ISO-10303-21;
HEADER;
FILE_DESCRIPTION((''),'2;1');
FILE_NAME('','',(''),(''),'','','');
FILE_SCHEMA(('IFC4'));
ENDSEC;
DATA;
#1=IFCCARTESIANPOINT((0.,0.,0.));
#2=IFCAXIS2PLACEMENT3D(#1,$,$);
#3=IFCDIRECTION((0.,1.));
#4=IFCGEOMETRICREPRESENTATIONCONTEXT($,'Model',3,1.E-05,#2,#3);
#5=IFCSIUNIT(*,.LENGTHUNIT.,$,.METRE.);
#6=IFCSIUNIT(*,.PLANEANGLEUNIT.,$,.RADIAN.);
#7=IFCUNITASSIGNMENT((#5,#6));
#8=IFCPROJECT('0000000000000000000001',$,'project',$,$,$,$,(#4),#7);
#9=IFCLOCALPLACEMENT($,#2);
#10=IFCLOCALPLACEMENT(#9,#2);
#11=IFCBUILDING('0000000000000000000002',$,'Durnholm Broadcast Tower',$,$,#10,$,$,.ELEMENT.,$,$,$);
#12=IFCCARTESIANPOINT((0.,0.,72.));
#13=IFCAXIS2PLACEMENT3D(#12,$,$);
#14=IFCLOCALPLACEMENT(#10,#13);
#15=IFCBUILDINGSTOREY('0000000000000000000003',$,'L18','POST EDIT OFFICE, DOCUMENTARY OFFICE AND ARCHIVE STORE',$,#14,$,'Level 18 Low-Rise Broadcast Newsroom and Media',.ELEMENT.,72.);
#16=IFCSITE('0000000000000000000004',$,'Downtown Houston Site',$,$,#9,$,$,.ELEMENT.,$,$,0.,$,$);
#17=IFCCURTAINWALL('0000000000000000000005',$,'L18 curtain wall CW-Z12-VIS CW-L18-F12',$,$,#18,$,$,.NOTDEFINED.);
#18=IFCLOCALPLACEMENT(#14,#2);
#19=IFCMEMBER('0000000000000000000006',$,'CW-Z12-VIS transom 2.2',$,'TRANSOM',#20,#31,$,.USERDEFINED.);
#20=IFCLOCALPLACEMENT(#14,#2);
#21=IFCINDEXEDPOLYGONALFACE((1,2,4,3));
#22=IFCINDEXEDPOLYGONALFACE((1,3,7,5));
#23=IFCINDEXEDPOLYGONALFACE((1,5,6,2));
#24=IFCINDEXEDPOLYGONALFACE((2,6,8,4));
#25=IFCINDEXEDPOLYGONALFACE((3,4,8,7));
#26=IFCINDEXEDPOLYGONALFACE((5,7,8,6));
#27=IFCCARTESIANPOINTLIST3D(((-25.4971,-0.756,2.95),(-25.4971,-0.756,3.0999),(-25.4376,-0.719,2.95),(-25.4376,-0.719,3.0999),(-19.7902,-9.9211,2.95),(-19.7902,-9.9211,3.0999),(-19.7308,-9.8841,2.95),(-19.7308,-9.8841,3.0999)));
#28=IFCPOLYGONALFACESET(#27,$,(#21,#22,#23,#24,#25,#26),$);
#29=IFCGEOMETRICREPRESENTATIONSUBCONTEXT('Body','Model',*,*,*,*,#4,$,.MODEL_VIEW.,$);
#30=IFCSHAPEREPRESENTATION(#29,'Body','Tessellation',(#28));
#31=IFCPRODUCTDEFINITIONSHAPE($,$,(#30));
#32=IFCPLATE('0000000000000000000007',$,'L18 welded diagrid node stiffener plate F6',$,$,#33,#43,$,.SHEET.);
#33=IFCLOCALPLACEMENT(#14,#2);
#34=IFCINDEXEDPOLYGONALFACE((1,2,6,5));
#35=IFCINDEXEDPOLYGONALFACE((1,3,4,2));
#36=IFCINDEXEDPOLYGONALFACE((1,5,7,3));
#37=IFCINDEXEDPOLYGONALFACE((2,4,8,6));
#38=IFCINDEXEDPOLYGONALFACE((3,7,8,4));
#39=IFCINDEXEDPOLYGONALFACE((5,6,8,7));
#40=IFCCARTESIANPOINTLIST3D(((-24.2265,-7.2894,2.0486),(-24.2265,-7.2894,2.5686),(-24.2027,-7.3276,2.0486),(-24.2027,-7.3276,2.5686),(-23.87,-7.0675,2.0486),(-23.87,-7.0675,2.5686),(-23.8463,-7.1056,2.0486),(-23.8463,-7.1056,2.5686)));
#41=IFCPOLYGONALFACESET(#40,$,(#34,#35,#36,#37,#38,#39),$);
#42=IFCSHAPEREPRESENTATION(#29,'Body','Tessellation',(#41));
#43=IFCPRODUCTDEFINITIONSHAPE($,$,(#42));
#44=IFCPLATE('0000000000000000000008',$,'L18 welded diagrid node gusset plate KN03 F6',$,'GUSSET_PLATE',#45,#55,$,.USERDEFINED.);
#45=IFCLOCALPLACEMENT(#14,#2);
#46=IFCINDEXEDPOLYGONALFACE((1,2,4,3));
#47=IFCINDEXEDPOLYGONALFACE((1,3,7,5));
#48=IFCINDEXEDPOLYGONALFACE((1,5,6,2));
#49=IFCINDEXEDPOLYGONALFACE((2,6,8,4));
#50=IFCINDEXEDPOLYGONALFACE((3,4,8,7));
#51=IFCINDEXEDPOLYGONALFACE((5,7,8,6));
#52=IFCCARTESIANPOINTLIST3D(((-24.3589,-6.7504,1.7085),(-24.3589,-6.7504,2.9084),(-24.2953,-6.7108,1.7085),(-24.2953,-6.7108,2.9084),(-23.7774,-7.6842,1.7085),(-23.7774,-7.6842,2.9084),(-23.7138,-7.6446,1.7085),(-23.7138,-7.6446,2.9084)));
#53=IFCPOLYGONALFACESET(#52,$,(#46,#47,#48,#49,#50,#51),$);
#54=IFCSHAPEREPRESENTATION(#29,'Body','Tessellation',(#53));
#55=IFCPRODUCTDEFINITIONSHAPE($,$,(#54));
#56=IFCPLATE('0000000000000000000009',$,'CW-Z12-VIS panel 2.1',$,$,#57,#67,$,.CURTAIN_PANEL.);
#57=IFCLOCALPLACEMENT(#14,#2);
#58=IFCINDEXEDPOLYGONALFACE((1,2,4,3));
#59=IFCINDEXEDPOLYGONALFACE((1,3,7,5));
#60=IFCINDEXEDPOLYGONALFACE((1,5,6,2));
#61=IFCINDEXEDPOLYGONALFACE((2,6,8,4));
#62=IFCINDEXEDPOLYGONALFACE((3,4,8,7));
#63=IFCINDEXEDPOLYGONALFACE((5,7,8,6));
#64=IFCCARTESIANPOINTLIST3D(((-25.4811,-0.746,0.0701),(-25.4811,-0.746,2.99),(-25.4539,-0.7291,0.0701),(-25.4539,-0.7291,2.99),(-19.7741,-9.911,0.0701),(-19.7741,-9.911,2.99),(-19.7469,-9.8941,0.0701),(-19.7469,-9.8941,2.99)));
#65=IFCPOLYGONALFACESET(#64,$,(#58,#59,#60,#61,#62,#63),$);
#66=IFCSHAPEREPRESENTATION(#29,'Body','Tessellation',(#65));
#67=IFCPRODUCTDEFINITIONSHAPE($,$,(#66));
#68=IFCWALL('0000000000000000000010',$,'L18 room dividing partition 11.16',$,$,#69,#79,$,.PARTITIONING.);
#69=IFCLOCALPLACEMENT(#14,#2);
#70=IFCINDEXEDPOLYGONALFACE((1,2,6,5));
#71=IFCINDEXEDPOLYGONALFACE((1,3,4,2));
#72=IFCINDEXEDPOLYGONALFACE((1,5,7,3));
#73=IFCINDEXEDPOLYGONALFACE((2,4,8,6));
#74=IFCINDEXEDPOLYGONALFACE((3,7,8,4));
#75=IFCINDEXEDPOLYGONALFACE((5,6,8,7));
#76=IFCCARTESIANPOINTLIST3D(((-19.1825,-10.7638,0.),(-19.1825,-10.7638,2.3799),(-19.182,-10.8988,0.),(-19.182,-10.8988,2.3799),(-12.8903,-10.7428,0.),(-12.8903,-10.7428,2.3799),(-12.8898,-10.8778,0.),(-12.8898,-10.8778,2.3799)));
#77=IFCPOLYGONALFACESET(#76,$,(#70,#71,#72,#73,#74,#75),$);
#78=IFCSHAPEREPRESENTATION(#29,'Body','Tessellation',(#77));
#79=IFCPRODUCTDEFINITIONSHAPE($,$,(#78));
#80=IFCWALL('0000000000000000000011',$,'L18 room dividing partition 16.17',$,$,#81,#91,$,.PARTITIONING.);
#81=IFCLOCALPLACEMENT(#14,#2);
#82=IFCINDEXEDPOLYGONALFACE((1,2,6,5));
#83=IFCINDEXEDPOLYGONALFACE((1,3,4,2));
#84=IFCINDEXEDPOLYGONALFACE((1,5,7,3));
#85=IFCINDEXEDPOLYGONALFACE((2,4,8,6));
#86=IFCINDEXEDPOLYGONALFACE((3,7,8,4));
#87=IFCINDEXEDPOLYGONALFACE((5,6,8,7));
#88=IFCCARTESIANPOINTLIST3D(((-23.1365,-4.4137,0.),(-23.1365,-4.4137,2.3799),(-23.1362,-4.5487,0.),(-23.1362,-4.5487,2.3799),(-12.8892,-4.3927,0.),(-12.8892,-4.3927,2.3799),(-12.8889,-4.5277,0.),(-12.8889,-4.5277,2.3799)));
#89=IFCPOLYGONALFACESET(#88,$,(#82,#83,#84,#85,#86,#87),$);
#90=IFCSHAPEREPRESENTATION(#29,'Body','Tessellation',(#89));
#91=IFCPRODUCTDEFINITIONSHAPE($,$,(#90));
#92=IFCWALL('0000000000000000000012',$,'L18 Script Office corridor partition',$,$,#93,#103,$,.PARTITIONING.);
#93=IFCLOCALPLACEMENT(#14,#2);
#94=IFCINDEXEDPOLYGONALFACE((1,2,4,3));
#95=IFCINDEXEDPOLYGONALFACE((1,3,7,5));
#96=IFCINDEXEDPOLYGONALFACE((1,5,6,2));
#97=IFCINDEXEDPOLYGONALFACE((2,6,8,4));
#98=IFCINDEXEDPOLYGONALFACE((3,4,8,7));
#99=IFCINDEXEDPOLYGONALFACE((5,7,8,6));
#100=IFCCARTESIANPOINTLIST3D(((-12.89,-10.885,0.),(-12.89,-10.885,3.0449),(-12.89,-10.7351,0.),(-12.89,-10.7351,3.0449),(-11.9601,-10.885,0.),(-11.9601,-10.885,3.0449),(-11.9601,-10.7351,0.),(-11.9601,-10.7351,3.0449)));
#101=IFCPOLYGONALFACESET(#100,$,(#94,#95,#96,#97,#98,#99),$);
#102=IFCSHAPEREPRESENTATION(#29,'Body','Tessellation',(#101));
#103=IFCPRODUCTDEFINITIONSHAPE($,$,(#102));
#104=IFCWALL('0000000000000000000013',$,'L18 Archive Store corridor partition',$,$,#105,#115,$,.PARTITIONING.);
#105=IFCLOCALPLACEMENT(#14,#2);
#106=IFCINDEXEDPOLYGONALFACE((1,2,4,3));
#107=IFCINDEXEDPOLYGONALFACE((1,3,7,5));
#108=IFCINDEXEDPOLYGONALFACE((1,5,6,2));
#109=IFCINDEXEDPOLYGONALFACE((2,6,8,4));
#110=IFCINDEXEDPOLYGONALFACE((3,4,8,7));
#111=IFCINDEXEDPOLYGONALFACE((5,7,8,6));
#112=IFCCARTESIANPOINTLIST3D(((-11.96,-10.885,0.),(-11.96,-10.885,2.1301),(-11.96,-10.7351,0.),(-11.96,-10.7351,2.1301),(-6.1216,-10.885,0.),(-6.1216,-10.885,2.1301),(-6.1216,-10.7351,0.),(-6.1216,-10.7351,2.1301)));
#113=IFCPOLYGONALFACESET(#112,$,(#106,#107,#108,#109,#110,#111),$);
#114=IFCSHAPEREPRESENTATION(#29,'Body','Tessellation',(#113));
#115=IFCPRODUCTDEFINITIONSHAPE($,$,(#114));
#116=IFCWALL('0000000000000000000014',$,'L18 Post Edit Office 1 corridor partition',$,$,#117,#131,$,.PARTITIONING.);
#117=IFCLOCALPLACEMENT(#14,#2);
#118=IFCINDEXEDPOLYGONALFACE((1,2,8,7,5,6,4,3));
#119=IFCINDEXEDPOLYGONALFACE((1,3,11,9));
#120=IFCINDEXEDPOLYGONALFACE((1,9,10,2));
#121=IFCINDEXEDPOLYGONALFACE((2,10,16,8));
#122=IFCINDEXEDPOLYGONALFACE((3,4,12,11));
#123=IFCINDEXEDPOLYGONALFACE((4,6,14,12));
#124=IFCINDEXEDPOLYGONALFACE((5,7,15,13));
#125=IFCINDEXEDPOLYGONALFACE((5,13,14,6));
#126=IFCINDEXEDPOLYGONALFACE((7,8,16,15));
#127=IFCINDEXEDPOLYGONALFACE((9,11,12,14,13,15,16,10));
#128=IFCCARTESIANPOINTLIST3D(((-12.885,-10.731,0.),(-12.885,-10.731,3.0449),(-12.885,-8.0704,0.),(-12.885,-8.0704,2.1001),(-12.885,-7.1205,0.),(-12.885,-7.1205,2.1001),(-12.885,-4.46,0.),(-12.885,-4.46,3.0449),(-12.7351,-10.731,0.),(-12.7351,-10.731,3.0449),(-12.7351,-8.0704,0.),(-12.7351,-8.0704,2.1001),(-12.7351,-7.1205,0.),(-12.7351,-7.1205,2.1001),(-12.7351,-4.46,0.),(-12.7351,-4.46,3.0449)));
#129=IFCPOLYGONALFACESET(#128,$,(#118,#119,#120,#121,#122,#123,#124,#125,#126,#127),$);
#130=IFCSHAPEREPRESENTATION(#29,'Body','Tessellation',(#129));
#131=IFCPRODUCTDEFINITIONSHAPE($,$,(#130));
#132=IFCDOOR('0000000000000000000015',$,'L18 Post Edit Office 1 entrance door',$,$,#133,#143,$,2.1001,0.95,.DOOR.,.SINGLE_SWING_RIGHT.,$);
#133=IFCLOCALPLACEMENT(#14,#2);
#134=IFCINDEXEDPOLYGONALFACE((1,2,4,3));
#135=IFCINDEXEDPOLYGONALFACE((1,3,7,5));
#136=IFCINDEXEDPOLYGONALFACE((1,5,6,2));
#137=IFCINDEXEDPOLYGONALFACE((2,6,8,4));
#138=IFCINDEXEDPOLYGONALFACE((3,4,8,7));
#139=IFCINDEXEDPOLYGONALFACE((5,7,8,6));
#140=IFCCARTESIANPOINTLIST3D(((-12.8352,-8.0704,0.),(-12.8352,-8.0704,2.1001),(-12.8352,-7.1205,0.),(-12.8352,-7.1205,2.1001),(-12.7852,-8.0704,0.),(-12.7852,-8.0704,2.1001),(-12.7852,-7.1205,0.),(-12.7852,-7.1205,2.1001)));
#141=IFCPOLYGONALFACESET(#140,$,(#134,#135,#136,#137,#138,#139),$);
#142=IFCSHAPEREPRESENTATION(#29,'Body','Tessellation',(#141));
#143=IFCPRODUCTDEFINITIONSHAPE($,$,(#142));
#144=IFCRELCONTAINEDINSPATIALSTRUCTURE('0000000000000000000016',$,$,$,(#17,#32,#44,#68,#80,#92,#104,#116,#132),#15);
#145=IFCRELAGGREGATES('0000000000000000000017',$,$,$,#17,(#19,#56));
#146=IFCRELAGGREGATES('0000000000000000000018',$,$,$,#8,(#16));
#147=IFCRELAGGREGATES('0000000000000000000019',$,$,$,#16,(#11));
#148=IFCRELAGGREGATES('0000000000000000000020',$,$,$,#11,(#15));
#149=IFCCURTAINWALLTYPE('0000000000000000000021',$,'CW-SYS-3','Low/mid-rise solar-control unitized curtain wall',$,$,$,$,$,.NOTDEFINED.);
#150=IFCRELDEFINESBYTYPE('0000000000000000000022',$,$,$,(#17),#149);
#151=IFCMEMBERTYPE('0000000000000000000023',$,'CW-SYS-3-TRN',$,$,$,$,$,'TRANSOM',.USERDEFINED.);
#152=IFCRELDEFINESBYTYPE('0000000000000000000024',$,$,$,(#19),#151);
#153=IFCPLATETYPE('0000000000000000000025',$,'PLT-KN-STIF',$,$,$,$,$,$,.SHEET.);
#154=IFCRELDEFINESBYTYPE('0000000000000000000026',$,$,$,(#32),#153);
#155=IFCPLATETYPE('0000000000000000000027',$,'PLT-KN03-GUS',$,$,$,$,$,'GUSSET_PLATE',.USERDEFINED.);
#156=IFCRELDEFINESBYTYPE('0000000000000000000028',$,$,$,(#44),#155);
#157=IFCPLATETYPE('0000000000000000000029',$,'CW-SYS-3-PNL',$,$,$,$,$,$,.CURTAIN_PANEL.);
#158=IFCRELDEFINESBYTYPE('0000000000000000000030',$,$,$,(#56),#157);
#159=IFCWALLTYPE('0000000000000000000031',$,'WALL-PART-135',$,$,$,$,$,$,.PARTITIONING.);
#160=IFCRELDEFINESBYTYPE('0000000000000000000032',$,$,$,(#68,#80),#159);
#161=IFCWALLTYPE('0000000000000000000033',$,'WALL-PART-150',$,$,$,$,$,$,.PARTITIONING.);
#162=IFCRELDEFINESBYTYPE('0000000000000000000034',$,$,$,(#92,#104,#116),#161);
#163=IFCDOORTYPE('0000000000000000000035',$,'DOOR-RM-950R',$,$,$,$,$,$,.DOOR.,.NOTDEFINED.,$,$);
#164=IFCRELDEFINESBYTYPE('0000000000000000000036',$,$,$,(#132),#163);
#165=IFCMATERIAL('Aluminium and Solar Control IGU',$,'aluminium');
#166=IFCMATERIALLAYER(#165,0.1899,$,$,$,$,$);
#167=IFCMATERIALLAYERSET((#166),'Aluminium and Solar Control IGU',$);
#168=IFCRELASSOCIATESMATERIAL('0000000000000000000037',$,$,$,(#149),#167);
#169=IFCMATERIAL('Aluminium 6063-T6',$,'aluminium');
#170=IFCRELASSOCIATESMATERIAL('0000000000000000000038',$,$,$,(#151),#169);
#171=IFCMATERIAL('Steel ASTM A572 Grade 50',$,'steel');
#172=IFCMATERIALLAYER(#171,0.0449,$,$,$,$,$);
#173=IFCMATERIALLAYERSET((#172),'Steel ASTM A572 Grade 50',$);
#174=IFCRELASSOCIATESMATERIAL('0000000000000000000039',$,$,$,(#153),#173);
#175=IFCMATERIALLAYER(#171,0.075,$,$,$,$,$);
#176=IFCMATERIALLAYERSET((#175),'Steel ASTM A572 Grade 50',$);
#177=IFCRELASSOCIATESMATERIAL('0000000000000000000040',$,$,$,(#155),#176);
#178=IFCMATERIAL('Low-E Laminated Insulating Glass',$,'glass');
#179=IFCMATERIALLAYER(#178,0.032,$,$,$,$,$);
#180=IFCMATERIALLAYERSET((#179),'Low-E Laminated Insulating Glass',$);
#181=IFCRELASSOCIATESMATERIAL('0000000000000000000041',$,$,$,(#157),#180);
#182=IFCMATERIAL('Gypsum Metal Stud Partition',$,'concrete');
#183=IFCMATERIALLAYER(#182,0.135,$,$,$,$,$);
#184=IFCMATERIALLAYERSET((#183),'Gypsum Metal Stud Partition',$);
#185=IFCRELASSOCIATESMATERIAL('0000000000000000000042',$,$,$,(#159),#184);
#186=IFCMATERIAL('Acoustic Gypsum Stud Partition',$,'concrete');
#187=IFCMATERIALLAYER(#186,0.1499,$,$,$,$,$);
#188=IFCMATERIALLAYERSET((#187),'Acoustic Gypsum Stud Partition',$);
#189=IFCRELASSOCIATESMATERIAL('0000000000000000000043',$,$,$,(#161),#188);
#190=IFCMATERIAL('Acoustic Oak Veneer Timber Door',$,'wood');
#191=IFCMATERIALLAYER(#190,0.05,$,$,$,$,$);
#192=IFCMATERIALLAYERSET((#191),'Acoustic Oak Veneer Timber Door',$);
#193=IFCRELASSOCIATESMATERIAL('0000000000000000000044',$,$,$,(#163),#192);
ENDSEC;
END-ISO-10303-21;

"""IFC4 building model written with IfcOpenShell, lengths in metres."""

from ifc_helpers import new_model, si_unit, direction, frame, frame_2d, origin, origin_2d, place, context, subcontext, project, spatial, rectangle, extrude, source, transform, mapped, material, layer, layer_set, material_profile, profile_set, type_object, type_shapes, element, fill, aggregate, save


model = new_model("IFC4")

# Units and contexts
model_context = context("Model", 3, precision=1e-05, world=origin(), true_north=direction((0.0, 1.0)))
body_context = subcontext(model_context, "Body", "Model", "MODEL_VIEW")
ifc_project = project(units=[si_unit("LENGTHUNIT", "METRE"), si_unit("PLANEANGLEUNIT", "RADIAN")], contexts=[model_context])

# Site, building, storey
site_placement = place(None, origin())
site = spatial("IfcSite", under=ifc_project, at=site_placement, Name="Downtown Houston Site", CompositionType="ELEMENT", RefElevation=0.0)
building_placement = place(site_placement, origin())
building = spatial("IfcBuilding", under=site, at=building_placement, Name="Durnholm Broadcast Tower", CompositionType="ELEMENT")
storey_placement = place(building_placement, frame((0.0, 0.0, 72.0)))
storey = spatial("IfcBuildingStorey", under=building, at=storey_placement, Name="L18", Description="POST EDIT OFFICE, DOCUMENTARY OFFICE AND ARCHIVE STORE", LongName="Level 18 Low-Rise Broadcast Newsroom and Media", CompositionType="ELEMENT", Elevation=72.0)

# Curtain wall, member
ifc_material_1 = material(Name="Aluminium and Solar Control IGU", Category="aluminium")
ifc_material_2 = material(Name="Aluminium 6063-T6", Category="aluminium")
ifc_layer_1 = layer(ifc_material_1, 0.1899)
ifc_layer_set_1 = layer_set([ifc_layer_1], Name="Aluminium and Solar Control IGU")
curtain_wall_type_1 = type_object("IfcCurtainWallType", Name="CW-SYS-3", Description="Low/mid-rise solar-control unitized curtain wall", PredefinedType="NOTDEFINED", material=ifc_layer_set_1)
curtain_wall_1_placement = place(storey_placement, origin())
curtain_wall_1 = element("IfcCurtainWall", 1, at=curtain_wall_1_placement, inside=storey, type_object=curtain_wall_type_1, Name="L18 curtain wall CW-Z12-VIS CW-L18-F12", PredefinedType="NOTDEFINED")
ifc_material_profile_1 = material_profile(ifc_material_2, rectangle(XDim=0.0701, YDim=0.1499, at=origin_2d()), Name="CWT70X150")
ifc_profile_set_1 = profile_set([ifc_material_profile_1], Name="Aluminium 6063-T6")
member_type_1 = type_object("IfcMemberType", Name="CW-SYS-3-TRN", ElementType="TRANSOM", PredefinedType="USERDEFINED", material=ifc_profile_set_1)
shared_shape_1 = source(origin(), body_context, "Body", "SweptSolid", [
    extrude(rectangle(XDim=0.0701, YDim=0.1499, at=origin_2d()), origin(), (0.0, 0.0, 1.0), 10.7966),
])
type_shapes(member_type_1, [shared_shape_1])
member_1_placement = place(storey_placement, frame((-19.7605, -9.9026, 3.0249), z_axis=(-0.528575, 0.848886, 0.0), x_axis=(-0.848886, -0.528575, 0.0)))
member_1 = element("IfcMember", 2, at=member_1_placement, type_object=member_type_1, Name="CW-Z12-VIS transom 2.2", ObjectType="TRANSOM", PredefinedType="USERDEFINED", context=body_context, shape_type="MappedRepresentation", body=[
    mapped(shared_shape_1, transform((0.0, 0.0, 0.0), x_axis=(1.0, 0.0, 0.0), y_axis=(0.0, 1.0, 0.0), z_axis=(0.0, 0.0, 1.0), scale=1.0)),
])

# Plates
ifc_material_3 = material(Name="Steel ASTM A572 Grade 50", Category="steel")
ifc_layer_2 = layer(ifc_material_3, 0.0449)
ifc_layer_set_2 = layer_set([ifc_layer_2], Name="Steel ASTM A572 Grade 50")
plate_type_1 = type_object("IfcPlateType", Name="PLT-KN-STIF", PredefinedType="SHEET", material=ifc_layer_set_2)
shared_shape_2 = source(origin(), body_context, "Body", "SweptSolid", [
    extrude(rectangle(XDim=0.0449, YDim=0.4199, at=origin_2d()), origin(), (0.0, 0.0, 1.0), 0.52),
])
type_shapes(plate_type_1, [shared_shape_2])
plate_1_placement = place(storey_placement, frame((-24.0364, -7.1975, 2.0486), z_axis=(0.0, 0.0, 1.0), x_axis=(0.528587, -0.848879, 0.0)))
element("IfcPlate", 3, at=plate_1_placement, inside=storey, type_object=plate_type_1, Name="L18 welded diagrid node stiffener plate F6", PredefinedType="SHEET", context=body_context, shape_type="MappedRepresentation", body=[
    mapped(shared_shape_2, transform((0.0, 0.0, 0.0), x_axis=(1.0, 0.0, 0.0), y_axis=(0.0, 1.0, 0.0), z_axis=(0.0, 0.0, 1.0), scale=1.0)),
])
ifc_layer_3 = layer(ifc_material_3, 0.075)
ifc_layer_set_3 = layer_set([ifc_layer_3], Name="Steel ASTM A572 Grade 50")
plate_type_2 = type_object("IfcPlateType", Name="PLT-KN03-GUS", ElementType="GUSSET_PLATE", PredefinedType="USERDEFINED", material=ifc_layer_set_3)
shared_shape_3 = source(origin(), body_context, "Body", "SweptSolid", [
    extrude(rectangle(XDim=1.1001, YDim=0.075, at=origin_2d()), origin(), (0.0, 0.0, 1.0), 1.2),
])
type_shapes(plate_type_2, [shared_shape_3])
plate_2_placement = place(storey_placement, frame((-24.0364, -7.1975, 1.7085), z_axis=(0.0, 0.0, 1.0), x_axis=(0.528587, -0.848879, 0.0)))
element("IfcPlate", 4, at=plate_2_placement, inside=storey, type_object=plate_type_2, Name="L18 welded diagrid node gusset plate KN03 F6", ObjectType="GUSSET_PLATE", PredefinedType="USERDEFINED", context=body_context, shape_type="MappedRepresentation", body=[
    mapped(shared_shape_3, transform((0.0, 0.0, 0.0), x_axis=(1.0, 0.0, 0.0), y_axis=(0.0, 1.0, 0.0), z_axis=(0.0, 0.0, 1.0), scale=1.0)),
])

# Plate
ifc_material_4 = material(Name="Low-E Laminated Insulating Glass", Category="glass")
ifc_layer_4 = layer(ifc_material_4, 0.032)
ifc_layer_set_4 = layer_set([ifc_layer_4], Name="Low-E Laminated Insulating Glass")
plate_type_3 = type_object("IfcPlateType", Name="CW-SYS-3-PNL", PredefinedType="CURTAIN_PANEL", material=ifc_layer_set_4)
shared_shape_4 = source(origin(), body_context, "Body", "SweptSolid", [
    extrude(rectangle(XDim=10.7966, YDim=0.032, at=origin_2d()), origin(), (0.0, 0.0, 1.0), 2.9199),
])
type_shapes(plate_type_3, [shared_shape_4])
plate_3_placement = place(storey_placement, frame((-22.614, -5.3201, 0.0701), z_axis=(0.0, 0.0, 1.0), x_axis=(-0.528592, 0.848876, 0.0)))
plate_3 = element("IfcPlate", 5, at=plate_3_placement, type_object=plate_type_3, Name="CW-Z12-VIS panel 2.1", PredefinedType="CURTAIN_PANEL", context=body_context, shape_type="MappedRepresentation", body=[
    mapped(shared_shape_4, transform((0.0, 0.0, 0.0), x_axis=(1.0, 0.0, 0.0), y_axis=(0.0, 1.0, 0.0), z_axis=(0.0, 0.0, 1.0), scale=1.0)),
])
aggregate(curtain_wall_1, [member_1, plate_3])

# Walls
ifc_material_5 = material(Name="Gypsum Metal Stud Partition", Category="concrete")
ifc_layer_5 = layer(ifc_material_5, 0.135)
ifc_layer_set_5 = layer_set([ifc_layer_5], Name="Gypsum Metal Stud Partition")
wall_type_1 = type_object("IfcWallType", Name="WALL-PART-135", PredefinedType="PARTITIONING", material=ifc_layer_set_5)
wall_1_placement = place(storey_placement, frame((-19.1821, -10.8313, 0.0), z_axis=(0.0, 0.0, 1.0), x_axis=(0.999994, 0.003337, 0.0)))
element("IfcWall", 6, at=wall_1_placement, inside=storey, type_object=wall_type_1, Name="L18 room dividing partition 11.16", PredefinedType="PARTITIONING", context=body_context, shape_type="SweptSolid", body=[
    extrude(rectangle(XDim=6.2922, YDim=0.135, at=frame_2d((3.146, 0.0))), origin(), (0.0, 0.0, 1.0), 2.3799),
])
wall_2_placement = place(storey_placement, frame((-23.1362, -4.4812, 0.0), z_axis=(0.0, 0.0, 1.0), x_axis=(0.999998, 0.002049, 0.0)))
element("IfcWall", 7, at=wall_2_placement, inside=storey, type_object=wall_type_1, Name="L18 room dividing partition 16.17", PredefinedType="PARTITIONING", context=body_context, shape_type="SweptSolid", body=[
    extrude(rectangle(XDim=10.2473, YDim=0.135, at=frame_2d((5.1235, 0.0))), origin(), (0.0, 0.0, 1.0), 2.3799),
])
ifc_material_6 = material(Name="Acoustic Gypsum Stud Partition", Category="concrete")
ifc_layer_6 = layer(ifc_material_6, 0.1499)
ifc_layer_set_6 = layer_set([ifc_layer_6], Name="Acoustic Gypsum Stud Partition")
wall_type_2 = type_object("IfcWallType", Name="WALL-PART-150", PredefinedType="PARTITIONING", material=ifc_layer_set_6)
wall_3_placement = place(storey_placement, frame((-12.8899, -10.8101, 0.0), z_axis=(0.0, 0.0, 1.0), x_axis=(1.0, 0.0, 0.0)))
element("IfcWall", 8, at=wall_3_placement, inside=storey, type_object=wall_type_2, Name="L18 Script Office corridor partition", PredefinedType="PARTITIONING", context=body_context, shape_type="SweptSolid", body=[
    extrude(rectangle(XDim=0.9299, YDim=0.1499, at=frame_2d((0.4648, 0.0))), origin(), (0.0, 0.0, 1.0), 3.0449),
])
wall_4_placement = place(storey_placement, frame((-11.96, -10.8101, 0.0), z_axis=(0.0, 0.0, 1.0), x_axis=(1.0, 0.0, 0.0)))
element("IfcWall", 9, at=wall_4_placement, inside=storey, type_object=wall_type_2, Name="L18 Archive Store corridor partition", PredefinedType="PARTITIONING", context=body_context, shape_type="SweptSolid", body=[
    extrude(rectangle(XDim=5.8384, YDim=0.1499, at=frame_2d((2.9192, 0.0))), origin(), (0.0, 0.0, 1.0), 2.1301),
])

# Wall, opening, door
wall_5_placement = place(storey_placement, frame((-12.8101, -4.46, 0.0), z_axis=(0.0, 0.0, 1.0), x_axis=(0.0, -1.0, 0.0)))
wall_5 = element("IfcWall", 10, at=wall_5_placement, inside=storey, type_object=wall_type_2, Name="L18 Post Edit Office 1 corridor partition", PredefinedType="PARTITIONING", context=body_context, shape_type="SweptSolid", body=[
    extrude(rectangle(XDim=6.271, YDim=0.1499, at=frame_2d((3.1355, 0.0))), origin(), (0.0, 0.0, 1.0), 3.0449),
])
opening_placement = place(wall_5_placement, frame((2.6604, 0.0, 0.0)))
opening = element("IfcOpeningElement", 11, at=opening_placement, cuts=wall_5, PredefinedType="OPENING", context=body_context, shape_type="SweptSolid", body=[
    extrude(rectangle(XDim=0.95, YDim=2.1001, at=frame_2d((0.4751, 1.05))), frame((0.0, 0.085, 0.0), z_axis=(0.0, -1.0, 0.0), x_axis=(1.0, 0.0, 0.0)), (0.0, 0.0, 1.0), 0.1699),
])
ifc_material_7 = material(Name="Acoustic Oak Veneer Timber Door", Category="wood")
ifc_layer_7 = layer(ifc_material_7, 0.05)
ifc_layer_set_7 = layer_set([ifc_layer_7], Name="Acoustic Oak Veneer Timber Door")
door_type = type_object("IfcDoorType", Name="DOOR-RM-950R", OperationType="NOTDEFINED", PredefinedType="DOOR", material=ifc_layer_set_7)
shared_shape_5 = source(origin(), body_context, "Body", "SweptSolid", [
    extrude(rectangle(XDim=0.95, YDim=2.1001, at=frame_2d((0.4751, 1.05))), frame((0.0, 0.0249, 0.0), z_axis=(0.0, -1.0, 0.0), x_axis=(1.0, 0.0, 0.0)), (0.0, 0.0, 1.0), 0.05),
])
type_shapes(door_type, [shared_shape_5])
door_placement = place(opening_placement, origin())
door = element("IfcDoor", 12, at=door_placement, inside=storey, type_object=door_type, Name="L18 Post Edit Office 1 entrance door", OperationType="SINGLE_SWING_RIGHT", OverallHeight=2.1001, OverallWidth=0.95, PredefinedType="DOOR", context=body_context, shape_type="MappedRepresentation", body=[
    mapped(shared_shape_5, transform((0.0, 0.0, 0.0), x_axis=(1.0, 0.0, 0.0), y_axis=(0.0, 1.0, 0.0), z_axis=(0.0, 0.0, 1.0), scale=1.0)),
])
fill(opening, door)

save(model, "model.ifc")
